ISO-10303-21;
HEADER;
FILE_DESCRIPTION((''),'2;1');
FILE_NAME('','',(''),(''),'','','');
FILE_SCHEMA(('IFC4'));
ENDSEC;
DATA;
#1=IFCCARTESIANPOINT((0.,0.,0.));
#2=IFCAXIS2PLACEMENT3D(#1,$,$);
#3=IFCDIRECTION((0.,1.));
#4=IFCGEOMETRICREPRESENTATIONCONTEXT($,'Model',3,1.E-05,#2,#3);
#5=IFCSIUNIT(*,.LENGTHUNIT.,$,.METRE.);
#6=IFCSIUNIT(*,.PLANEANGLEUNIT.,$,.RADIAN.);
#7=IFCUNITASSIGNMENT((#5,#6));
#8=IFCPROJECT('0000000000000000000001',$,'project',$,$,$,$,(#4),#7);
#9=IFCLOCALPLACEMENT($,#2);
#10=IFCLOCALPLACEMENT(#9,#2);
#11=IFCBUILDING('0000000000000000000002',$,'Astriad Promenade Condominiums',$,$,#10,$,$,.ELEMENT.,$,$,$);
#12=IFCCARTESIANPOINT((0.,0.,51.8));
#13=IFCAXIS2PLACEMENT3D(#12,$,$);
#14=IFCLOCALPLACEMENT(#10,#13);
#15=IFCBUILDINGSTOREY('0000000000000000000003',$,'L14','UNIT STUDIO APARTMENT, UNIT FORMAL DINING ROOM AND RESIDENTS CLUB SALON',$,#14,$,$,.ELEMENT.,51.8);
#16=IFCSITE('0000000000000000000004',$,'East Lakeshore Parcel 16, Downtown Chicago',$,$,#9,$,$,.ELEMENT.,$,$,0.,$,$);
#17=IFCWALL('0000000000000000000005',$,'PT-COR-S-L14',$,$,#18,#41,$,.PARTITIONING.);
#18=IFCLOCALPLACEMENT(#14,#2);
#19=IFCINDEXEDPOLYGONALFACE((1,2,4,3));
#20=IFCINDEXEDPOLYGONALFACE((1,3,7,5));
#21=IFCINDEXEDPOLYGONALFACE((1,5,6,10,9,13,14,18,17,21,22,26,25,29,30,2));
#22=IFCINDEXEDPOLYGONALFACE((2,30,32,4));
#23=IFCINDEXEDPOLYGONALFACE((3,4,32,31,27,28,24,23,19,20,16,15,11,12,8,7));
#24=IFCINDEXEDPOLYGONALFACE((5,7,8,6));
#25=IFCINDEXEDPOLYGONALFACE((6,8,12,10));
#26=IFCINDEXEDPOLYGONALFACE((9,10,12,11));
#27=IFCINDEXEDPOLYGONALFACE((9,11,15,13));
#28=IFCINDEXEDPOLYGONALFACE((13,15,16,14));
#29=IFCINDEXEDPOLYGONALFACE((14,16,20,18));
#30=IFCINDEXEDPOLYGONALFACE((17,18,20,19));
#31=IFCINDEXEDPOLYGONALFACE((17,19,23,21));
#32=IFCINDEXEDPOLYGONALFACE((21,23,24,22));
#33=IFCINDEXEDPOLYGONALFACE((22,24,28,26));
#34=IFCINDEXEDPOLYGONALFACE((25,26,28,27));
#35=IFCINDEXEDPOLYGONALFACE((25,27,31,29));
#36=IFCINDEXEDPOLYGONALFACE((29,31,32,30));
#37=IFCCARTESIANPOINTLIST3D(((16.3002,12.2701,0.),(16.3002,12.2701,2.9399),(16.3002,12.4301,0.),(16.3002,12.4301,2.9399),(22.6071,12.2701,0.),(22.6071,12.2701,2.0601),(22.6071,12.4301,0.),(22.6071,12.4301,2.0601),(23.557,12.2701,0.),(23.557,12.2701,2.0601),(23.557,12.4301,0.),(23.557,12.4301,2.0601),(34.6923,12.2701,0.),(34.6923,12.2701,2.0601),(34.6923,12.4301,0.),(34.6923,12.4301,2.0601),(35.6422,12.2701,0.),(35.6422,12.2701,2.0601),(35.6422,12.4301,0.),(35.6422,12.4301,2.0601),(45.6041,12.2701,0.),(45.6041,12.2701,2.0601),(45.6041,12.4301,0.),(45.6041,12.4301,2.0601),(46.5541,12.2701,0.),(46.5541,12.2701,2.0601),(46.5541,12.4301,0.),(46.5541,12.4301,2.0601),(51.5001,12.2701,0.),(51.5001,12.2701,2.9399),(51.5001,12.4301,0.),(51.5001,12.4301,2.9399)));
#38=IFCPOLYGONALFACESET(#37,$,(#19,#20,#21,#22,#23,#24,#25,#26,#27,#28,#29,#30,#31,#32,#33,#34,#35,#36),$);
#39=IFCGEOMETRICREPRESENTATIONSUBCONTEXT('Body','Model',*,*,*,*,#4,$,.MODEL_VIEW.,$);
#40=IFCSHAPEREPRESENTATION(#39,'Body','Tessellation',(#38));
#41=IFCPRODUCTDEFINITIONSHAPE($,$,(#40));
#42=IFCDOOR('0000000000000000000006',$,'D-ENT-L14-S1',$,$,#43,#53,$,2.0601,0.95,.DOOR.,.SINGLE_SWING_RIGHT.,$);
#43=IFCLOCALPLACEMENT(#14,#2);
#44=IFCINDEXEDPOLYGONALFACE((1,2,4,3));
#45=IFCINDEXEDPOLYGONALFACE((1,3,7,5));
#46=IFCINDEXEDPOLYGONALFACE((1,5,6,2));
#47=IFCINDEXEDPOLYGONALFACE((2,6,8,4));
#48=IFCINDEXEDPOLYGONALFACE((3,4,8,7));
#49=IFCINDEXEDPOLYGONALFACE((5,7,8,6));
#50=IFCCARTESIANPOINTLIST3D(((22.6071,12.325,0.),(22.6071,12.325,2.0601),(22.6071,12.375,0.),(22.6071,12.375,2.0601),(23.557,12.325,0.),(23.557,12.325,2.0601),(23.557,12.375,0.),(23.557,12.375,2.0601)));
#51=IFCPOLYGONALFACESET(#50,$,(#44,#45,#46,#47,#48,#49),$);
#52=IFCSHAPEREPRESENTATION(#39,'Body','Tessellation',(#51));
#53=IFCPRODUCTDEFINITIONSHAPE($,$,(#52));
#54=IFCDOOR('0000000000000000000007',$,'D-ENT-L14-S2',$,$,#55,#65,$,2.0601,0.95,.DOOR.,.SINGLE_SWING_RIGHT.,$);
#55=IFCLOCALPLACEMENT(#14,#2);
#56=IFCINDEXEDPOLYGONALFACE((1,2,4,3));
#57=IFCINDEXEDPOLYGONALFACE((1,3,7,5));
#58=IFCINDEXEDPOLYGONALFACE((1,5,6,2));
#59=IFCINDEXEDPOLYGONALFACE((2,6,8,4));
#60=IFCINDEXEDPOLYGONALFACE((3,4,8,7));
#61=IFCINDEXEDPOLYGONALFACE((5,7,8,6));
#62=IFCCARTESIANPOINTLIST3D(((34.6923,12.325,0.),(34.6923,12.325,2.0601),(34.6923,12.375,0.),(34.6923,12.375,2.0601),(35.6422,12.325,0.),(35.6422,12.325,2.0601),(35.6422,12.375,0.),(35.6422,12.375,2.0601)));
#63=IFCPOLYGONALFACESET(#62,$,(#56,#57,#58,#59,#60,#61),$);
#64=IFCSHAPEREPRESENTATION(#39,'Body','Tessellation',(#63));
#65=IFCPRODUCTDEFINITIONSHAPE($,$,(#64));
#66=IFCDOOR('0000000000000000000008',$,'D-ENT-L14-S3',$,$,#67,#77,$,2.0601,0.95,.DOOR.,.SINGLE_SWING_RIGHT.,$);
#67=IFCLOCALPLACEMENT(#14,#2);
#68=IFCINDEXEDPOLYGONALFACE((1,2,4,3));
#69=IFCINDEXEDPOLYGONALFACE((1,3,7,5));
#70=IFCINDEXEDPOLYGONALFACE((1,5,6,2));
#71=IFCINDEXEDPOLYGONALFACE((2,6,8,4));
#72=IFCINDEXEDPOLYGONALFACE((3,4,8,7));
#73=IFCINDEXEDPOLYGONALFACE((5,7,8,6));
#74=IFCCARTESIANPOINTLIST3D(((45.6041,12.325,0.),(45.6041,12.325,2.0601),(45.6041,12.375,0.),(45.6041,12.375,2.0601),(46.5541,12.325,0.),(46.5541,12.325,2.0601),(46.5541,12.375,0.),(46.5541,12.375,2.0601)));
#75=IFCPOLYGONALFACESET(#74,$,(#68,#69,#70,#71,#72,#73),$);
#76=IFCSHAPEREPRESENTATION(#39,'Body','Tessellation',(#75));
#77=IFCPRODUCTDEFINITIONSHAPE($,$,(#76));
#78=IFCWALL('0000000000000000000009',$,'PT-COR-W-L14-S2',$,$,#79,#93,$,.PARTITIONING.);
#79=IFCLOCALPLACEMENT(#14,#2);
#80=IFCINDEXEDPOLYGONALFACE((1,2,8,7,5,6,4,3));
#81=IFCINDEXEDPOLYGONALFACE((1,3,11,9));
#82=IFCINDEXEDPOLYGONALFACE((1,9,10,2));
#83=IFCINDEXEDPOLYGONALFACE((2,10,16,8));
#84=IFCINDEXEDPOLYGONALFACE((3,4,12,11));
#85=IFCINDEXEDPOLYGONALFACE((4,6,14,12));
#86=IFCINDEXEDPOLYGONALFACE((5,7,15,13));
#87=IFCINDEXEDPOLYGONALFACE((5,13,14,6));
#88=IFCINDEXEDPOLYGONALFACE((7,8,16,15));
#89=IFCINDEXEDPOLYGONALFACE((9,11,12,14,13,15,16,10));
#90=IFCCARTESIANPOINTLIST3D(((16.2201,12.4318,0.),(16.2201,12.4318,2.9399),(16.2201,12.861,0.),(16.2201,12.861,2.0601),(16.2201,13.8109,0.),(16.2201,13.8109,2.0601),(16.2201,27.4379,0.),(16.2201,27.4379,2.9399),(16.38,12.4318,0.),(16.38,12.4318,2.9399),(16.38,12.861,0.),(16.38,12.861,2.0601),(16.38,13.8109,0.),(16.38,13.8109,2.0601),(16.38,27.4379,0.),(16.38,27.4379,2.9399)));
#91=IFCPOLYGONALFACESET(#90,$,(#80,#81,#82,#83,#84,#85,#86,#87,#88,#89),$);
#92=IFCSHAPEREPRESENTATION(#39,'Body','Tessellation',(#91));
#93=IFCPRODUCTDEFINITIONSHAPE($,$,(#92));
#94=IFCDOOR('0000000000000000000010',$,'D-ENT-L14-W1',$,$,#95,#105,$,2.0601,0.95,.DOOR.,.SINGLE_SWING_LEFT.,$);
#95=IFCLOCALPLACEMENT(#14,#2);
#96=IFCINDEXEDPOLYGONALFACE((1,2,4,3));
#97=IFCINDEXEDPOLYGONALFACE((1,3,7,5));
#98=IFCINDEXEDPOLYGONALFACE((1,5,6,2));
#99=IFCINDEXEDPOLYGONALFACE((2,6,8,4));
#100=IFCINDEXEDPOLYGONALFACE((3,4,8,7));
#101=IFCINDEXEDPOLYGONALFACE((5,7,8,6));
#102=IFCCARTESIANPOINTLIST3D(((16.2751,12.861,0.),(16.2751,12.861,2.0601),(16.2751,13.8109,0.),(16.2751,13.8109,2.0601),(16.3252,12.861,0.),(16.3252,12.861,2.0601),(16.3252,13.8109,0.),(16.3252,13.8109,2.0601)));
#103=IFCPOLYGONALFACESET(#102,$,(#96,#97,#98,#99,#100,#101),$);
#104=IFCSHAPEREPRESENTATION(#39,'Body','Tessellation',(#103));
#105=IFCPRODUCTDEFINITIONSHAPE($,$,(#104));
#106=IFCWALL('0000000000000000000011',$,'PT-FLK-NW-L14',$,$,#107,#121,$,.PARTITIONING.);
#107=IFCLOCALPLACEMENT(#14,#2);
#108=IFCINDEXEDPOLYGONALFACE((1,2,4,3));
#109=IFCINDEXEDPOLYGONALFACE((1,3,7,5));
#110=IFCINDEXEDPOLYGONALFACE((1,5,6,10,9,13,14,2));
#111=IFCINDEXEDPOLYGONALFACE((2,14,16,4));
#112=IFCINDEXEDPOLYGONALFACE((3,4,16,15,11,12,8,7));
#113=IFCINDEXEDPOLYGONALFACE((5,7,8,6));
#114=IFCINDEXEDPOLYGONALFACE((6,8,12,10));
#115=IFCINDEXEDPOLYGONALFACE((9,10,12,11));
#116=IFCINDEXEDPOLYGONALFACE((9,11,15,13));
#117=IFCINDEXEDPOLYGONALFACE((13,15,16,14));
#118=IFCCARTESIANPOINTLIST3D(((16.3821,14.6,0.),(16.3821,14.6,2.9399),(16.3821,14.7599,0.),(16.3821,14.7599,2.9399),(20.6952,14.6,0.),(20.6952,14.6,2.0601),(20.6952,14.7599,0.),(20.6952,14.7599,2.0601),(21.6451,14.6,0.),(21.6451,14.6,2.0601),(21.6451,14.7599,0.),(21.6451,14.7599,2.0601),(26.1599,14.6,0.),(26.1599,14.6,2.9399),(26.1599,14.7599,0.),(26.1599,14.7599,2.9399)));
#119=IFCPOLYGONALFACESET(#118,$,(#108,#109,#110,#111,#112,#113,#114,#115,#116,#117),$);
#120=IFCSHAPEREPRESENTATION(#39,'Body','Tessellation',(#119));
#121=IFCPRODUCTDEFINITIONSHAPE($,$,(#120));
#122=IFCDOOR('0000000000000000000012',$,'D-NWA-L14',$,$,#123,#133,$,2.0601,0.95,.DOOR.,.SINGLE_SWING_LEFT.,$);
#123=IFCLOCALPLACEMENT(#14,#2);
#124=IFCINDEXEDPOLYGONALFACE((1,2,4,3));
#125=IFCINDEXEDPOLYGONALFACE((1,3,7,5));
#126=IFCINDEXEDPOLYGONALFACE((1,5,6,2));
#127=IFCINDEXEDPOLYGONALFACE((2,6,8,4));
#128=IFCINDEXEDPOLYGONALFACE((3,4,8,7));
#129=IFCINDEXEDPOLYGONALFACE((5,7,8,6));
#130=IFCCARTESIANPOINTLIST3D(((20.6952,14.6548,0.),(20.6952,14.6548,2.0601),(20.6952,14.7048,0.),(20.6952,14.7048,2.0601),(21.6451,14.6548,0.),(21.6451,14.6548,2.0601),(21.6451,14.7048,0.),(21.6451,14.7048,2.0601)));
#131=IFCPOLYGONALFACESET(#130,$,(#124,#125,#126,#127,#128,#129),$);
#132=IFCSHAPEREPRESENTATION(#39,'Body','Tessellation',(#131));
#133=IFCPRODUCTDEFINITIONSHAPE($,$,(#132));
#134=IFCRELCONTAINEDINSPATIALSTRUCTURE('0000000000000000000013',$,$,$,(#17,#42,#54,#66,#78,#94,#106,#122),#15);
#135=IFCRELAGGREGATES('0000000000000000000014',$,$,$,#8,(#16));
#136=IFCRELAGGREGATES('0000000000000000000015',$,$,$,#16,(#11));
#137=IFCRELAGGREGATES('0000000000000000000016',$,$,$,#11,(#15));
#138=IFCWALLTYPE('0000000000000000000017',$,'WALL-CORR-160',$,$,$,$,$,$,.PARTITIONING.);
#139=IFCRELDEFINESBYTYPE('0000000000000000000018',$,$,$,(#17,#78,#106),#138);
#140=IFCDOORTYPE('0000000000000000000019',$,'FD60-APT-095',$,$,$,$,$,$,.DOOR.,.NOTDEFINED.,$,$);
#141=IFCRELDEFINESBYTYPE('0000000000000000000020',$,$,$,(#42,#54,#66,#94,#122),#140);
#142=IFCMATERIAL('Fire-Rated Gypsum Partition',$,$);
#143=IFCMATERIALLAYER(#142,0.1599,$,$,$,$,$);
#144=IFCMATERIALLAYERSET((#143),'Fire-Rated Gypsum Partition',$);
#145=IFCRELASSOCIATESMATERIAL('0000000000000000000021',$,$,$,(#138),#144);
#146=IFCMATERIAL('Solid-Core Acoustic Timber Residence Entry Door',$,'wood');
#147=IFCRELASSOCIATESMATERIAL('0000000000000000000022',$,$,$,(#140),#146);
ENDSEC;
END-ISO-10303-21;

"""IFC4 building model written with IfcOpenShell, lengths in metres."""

from ifc_helpers import new_model, si_unit, direction, frame, frame_2d, origin, place, context, subcontext, project, spatial, rectangle, extrude, source, transform, mapped, material, layer, layer_set, type_object, type_shapes, element, fill, save


model = new_model("IFC4")

# Units and contexts
model_context = context("Model", 3, precision=1e-05, world=origin(), true_north=direction((0.0, 1.0)))
body_context = subcontext(model_context, "Body", "Model", "MODEL_VIEW")
ifc_project = project(units=[si_unit("LENGTHUNIT", "METRE"), si_unit("PLANEANGLEUNIT", "RADIAN")], contexts=[model_context])

# Site, building, storey
site_placement = place(None, origin())
site = spatial("IfcSite", under=ifc_project, at=site_placement, Name="East Lakeshore Parcel 16, Downtown Chicago", CompositionType="ELEMENT", RefElevation=0.0)
building_placement = place(site_placement, origin())
building = spatial("IfcBuilding", under=site, at=building_placement, Name="Astriad Promenade Condominiums", CompositionType="ELEMENT")
storey_placement = place(building_placement, frame((0.0, 0.0, 51.8)))
storey = spatial("IfcBuildingStorey", under=building, at=storey_placement, Name="L14", Description="UNIT STUDIO APARTMENT, UNIT FORMAL DINING ROOM AND RESIDENTS CLUB SALON", CompositionType="ELEMENT", Elevation=51.8)

# Wall, openings, doors
ifc_material_1 = material(Name="Fire-Rated Gypsum Partition")
ifc_layer_1 = layer(ifc_material_1, 0.1599)
ifc_layer_set_1 = layer_set([ifc_layer_1], Name="Fire-Rated Gypsum Partition")
wall_type_1 = type_object("IfcWallType", Name="WALL-CORR-160", PredefinedType="PARTITIONING", material=ifc_layer_set_1)
wall_1_placement = place(storey_placement, frame((16.3, 12.3501, 0.0), z_axis=(0.0, 0.0, 1.0), x_axis=(1.0, 0.0, 0.0)))
wall_1 = element("IfcWall", 1, at=wall_1_placement, inside=storey, type_object=wall_type_1, Name="PT-COR-S-L14", PredefinedType="PARTITIONING", context=body_context, shape_type="SweptSolid", body=[
    extrude(rectangle(XDim=35.2, YDim=0.1599, at=frame_2d((17.6001, 0.0))), origin(), (0.0, 0.0, 1.0), 2.9399),
])
opening_1_placement = place(wall_1_placement, frame((6.3069, 0.0, 0.0)))
opening_1 = element("IfcOpeningElement", 2, at=opening_1_placement, cuts=wall_1, PredefinedType="OPENING", context=body_context, shape_type="SweptSolid", body=[
    extrude(rectangle(XDim=0.95, YDim=2.0601, at=frame_2d((0.4751, 1.03))), frame((0.0, 0.0898, 0.0), z_axis=(0.0, -1.0, 0.0), x_axis=(1.0, 0.0, 0.0)), (0.0, 0.0, 1.0), 0.1799),
])
opening_2_placement = place(wall_1_placement, frame((18.3921, 0.0, 0.0)))
opening_2 = element("IfcOpeningElement", 3, at=opening_2_placement, cuts=wall_1, PredefinedType="OPENING", context=body_context, shape_type="SweptSolid", body=[
    extrude(rectangle(XDim=0.95, YDim=2.0601, at=frame_2d((0.4751, 1.03))), frame((0.0, 0.0898, 0.0), z_axis=(0.0, -1.0, 0.0), x_axis=(1.0, 0.0, 0.0)), (0.0, 0.0, 1.0), 0.1799),
])
opening_3_placement = place(wall_1_placement, frame((29.304, 0.0, 0.0)))
opening_3 = element("IfcOpeningElement", 4, at=opening_3_placement, cuts=wall_1, PredefinedType="OPENING", context=body_context, shape_type="SweptSolid", body=[
    extrude(rectangle(XDim=0.95, YDim=2.0601, at=frame_2d((0.4751, 1.03))), frame((0.0, 0.0898, 0.0), z_axis=(0.0, -1.0, 0.0), x_axis=(1.0, 0.0, 0.0)), (0.0, 0.0, 1.0), 0.1799),
])
ifc_material_2 = material(Name="Solid-Core Acoustic Timber Residence Entry Door", Category="wood")
door_type_1 = type_object("IfcDoorType", Name="FD60-APT-095", OperationType="NOTDEFINED", PredefinedType="DOOR", material=ifc_material_2)
shared_shape_1 = source(origin(), body_context, "Body", "SweptSolid", [
    extrude(rectangle(XDim=0.95, YDim=2.0601, at=frame_2d((0.4751, 1.03))), frame((0.0, 0.0249, 0.0), z_axis=(0.0, -1.0, 0.0), x_axis=(1.0, 0.0, 0.0)), (0.0, 0.0, 1.0), 0.05),
])
type_shapes(door_type_1, [shared_shape_1])
door_1_placement = place(opening_1_placement, origin())
door_1 = element("IfcDoor", 5, at=door_1_placement, inside=storey, type_object=door_type_1, Name="D-ENT-L14-S1", OperationType="SINGLE_SWING_RIGHT", OverallHeight=2.0601, OverallWidth=0.95, PredefinedType="DOOR", context=body_context, shape_type="MappedRepresentation", body=[
    mapped(shared_shape_1, transform((0.0, 0.0, 0.0), scale=1.0)),
])
fill(opening_1, door_1)
door_2_placement = place(opening_2_placement, origin())
door_2 = element("IfcDoor", 6, at=door_2_placement, inside=storey, type_object=door_type_1, Name="D-ENT-L14-S2", OperationType="SINGLE_SWING_RIGHT", OverallHeight=2.0601, OverallWidth=0.95, PredefinedType="DOOR", context=body_context, shape_type="MappedRepresentation", body=[
    mapped(shared_shape_1, transform((0.0, 0.0, 0.0), scale=1.0)),
])
fill(opening_2, door_2)
door_3_placement = place(opening_3_placement, origin())
door_3 = element("IfcDoor", 7, at=door_3_placement, inside=storey, type_object=door_type_1, Name="D-ENT-L14-S3", OperationType="SINGLE_SWING_RIGHT", OverallHeight=2.0601, OverallWidth=0.95, PredefinedType="DOOR", context=body_context, shape_type="MappedRepresentation", body=[
    mapped(shared_shape_1, transform((0.0, 0.0, 0.0), scale=1.0)),
])
fill(opening_3, door_3)

# Walls, openings, doors
wall_2_placement = place(storey_placement, frame((16.3, 12.4319, 0.0), z_axis=(0.0, 0.0, 1.0), x_axis=(0.0, 1.0, 0.0)))
wall_2 = element("IfcWall", 8, at=wall_2_placement, inside=storey, type_object=wall_type_1, Name="PT-COR-W-L14-S2", PredefinedType="PARTITIONING", context=body_context, shape_type="SweptSolid", body=[
    extrude(rectangle(XDim=15.0061, YDim=0.1599, at=frame_2d((7.5029, 0.0))), origin(), (0.0, 0.0, 1.0), 2.9399),
])
opening_4_placement = place(wall_2_placement, frame((0.429, 0.0, 0.0)))
opening_4 = element("IfcOpeningElement", 9, at=opening_4_placement, cuts=wall_2, PredefinedType="OPENING", context=body_context, shape_type="SweptSolid", body=[
    extrude(rectangle(XDim=0.95, YDim=2.0601, at=frame_2d((0.4751, 1.03))), frame((0.0, 0.0898, 0.0), z_axis=(0.0, -1.0, 0.0), x_axis=(1.0, 0.0, 0.0)), (0.0, 0.0, 1.0), 0.1799),
])
door_4_placement = place(opening_4_placement, origin())
door_4 = element("IfcDoor", 10, at=door_4_placement, inside=storey, type_object=door_type_1, Name="D-ENT-L14-W1", OperationType="SINGLE_SWING_LEFT", OverallHeight=2.0601, OverallWidth=0.95, PredefinedType="DOOR", context=body_context, shape_type="MappedRepresentation", body=[
    mapped(shared_shape_1, transform((0.0, 0.0, 0.0), scale=1.0)),
])
fill(opening_4, door_4)
wall_3_placement = place(storey_placement, frame((16.3821, 14.6799, 0.0), z_axis=(0.0, 0.0, 1.0), x_axis=(1.0, 0.0, 0.0)))
wall_3 = element("IfcWall", 11, at=wall_3_placement, inside=storey, type_object=wall_type_1, Name="PT-FLK-NW-L14", PredefinedType="PARTITIONING", context=body_context, shape_type="SweptSolid", body=[
    extrude(rectangle(XDim=9.7778, YDim=0.1599, at=frame_2d((4.8889, 0.0))), origin(), (0.0, 0.0, 1.0), 2.9399),
])
opening_5_placement = place(wall_3_placement, frame((4.313, 0.0, 0.0)))
opening_5 = element("IfcOpeningElement", 12, at=opening_5_placement, cuts=wall_3, PredefinedType="OPENING", context=body_context, shape_type="SweptSolid", body=[
    extrude(rectangle(XDim=0.95, YDim=2.0601, at=frame_2d((0.4751, 1.03))), frame((0.0, 0.0898, 0.0), z_axis=(0.0, -1.0, 0.0), x_axis=(1.0, 0.0, 0.0)), (0.0, 0.0, 1.0), 0.1799),
])
door_5_placement = place(opening_5_placement, origin())
door_5 = element("IfcDoor", 13, at=door_5_placement, inside=storey, type_object=door_type_1, Name="D-NWA-L14", OperationType="SINGLE_SWING_LEFT", OverallHeight=2.0601, OverallWidth=0.95, PredefinedType="DOOR", context=body_context, shape_type="MappedRepresentation", body=[
    mapped(shared_shape_1, transform((0.0, 0.0, 0.0), scale=1.0)),
])
fill(opening_5, door_5)

save(model, "model.ifc")
